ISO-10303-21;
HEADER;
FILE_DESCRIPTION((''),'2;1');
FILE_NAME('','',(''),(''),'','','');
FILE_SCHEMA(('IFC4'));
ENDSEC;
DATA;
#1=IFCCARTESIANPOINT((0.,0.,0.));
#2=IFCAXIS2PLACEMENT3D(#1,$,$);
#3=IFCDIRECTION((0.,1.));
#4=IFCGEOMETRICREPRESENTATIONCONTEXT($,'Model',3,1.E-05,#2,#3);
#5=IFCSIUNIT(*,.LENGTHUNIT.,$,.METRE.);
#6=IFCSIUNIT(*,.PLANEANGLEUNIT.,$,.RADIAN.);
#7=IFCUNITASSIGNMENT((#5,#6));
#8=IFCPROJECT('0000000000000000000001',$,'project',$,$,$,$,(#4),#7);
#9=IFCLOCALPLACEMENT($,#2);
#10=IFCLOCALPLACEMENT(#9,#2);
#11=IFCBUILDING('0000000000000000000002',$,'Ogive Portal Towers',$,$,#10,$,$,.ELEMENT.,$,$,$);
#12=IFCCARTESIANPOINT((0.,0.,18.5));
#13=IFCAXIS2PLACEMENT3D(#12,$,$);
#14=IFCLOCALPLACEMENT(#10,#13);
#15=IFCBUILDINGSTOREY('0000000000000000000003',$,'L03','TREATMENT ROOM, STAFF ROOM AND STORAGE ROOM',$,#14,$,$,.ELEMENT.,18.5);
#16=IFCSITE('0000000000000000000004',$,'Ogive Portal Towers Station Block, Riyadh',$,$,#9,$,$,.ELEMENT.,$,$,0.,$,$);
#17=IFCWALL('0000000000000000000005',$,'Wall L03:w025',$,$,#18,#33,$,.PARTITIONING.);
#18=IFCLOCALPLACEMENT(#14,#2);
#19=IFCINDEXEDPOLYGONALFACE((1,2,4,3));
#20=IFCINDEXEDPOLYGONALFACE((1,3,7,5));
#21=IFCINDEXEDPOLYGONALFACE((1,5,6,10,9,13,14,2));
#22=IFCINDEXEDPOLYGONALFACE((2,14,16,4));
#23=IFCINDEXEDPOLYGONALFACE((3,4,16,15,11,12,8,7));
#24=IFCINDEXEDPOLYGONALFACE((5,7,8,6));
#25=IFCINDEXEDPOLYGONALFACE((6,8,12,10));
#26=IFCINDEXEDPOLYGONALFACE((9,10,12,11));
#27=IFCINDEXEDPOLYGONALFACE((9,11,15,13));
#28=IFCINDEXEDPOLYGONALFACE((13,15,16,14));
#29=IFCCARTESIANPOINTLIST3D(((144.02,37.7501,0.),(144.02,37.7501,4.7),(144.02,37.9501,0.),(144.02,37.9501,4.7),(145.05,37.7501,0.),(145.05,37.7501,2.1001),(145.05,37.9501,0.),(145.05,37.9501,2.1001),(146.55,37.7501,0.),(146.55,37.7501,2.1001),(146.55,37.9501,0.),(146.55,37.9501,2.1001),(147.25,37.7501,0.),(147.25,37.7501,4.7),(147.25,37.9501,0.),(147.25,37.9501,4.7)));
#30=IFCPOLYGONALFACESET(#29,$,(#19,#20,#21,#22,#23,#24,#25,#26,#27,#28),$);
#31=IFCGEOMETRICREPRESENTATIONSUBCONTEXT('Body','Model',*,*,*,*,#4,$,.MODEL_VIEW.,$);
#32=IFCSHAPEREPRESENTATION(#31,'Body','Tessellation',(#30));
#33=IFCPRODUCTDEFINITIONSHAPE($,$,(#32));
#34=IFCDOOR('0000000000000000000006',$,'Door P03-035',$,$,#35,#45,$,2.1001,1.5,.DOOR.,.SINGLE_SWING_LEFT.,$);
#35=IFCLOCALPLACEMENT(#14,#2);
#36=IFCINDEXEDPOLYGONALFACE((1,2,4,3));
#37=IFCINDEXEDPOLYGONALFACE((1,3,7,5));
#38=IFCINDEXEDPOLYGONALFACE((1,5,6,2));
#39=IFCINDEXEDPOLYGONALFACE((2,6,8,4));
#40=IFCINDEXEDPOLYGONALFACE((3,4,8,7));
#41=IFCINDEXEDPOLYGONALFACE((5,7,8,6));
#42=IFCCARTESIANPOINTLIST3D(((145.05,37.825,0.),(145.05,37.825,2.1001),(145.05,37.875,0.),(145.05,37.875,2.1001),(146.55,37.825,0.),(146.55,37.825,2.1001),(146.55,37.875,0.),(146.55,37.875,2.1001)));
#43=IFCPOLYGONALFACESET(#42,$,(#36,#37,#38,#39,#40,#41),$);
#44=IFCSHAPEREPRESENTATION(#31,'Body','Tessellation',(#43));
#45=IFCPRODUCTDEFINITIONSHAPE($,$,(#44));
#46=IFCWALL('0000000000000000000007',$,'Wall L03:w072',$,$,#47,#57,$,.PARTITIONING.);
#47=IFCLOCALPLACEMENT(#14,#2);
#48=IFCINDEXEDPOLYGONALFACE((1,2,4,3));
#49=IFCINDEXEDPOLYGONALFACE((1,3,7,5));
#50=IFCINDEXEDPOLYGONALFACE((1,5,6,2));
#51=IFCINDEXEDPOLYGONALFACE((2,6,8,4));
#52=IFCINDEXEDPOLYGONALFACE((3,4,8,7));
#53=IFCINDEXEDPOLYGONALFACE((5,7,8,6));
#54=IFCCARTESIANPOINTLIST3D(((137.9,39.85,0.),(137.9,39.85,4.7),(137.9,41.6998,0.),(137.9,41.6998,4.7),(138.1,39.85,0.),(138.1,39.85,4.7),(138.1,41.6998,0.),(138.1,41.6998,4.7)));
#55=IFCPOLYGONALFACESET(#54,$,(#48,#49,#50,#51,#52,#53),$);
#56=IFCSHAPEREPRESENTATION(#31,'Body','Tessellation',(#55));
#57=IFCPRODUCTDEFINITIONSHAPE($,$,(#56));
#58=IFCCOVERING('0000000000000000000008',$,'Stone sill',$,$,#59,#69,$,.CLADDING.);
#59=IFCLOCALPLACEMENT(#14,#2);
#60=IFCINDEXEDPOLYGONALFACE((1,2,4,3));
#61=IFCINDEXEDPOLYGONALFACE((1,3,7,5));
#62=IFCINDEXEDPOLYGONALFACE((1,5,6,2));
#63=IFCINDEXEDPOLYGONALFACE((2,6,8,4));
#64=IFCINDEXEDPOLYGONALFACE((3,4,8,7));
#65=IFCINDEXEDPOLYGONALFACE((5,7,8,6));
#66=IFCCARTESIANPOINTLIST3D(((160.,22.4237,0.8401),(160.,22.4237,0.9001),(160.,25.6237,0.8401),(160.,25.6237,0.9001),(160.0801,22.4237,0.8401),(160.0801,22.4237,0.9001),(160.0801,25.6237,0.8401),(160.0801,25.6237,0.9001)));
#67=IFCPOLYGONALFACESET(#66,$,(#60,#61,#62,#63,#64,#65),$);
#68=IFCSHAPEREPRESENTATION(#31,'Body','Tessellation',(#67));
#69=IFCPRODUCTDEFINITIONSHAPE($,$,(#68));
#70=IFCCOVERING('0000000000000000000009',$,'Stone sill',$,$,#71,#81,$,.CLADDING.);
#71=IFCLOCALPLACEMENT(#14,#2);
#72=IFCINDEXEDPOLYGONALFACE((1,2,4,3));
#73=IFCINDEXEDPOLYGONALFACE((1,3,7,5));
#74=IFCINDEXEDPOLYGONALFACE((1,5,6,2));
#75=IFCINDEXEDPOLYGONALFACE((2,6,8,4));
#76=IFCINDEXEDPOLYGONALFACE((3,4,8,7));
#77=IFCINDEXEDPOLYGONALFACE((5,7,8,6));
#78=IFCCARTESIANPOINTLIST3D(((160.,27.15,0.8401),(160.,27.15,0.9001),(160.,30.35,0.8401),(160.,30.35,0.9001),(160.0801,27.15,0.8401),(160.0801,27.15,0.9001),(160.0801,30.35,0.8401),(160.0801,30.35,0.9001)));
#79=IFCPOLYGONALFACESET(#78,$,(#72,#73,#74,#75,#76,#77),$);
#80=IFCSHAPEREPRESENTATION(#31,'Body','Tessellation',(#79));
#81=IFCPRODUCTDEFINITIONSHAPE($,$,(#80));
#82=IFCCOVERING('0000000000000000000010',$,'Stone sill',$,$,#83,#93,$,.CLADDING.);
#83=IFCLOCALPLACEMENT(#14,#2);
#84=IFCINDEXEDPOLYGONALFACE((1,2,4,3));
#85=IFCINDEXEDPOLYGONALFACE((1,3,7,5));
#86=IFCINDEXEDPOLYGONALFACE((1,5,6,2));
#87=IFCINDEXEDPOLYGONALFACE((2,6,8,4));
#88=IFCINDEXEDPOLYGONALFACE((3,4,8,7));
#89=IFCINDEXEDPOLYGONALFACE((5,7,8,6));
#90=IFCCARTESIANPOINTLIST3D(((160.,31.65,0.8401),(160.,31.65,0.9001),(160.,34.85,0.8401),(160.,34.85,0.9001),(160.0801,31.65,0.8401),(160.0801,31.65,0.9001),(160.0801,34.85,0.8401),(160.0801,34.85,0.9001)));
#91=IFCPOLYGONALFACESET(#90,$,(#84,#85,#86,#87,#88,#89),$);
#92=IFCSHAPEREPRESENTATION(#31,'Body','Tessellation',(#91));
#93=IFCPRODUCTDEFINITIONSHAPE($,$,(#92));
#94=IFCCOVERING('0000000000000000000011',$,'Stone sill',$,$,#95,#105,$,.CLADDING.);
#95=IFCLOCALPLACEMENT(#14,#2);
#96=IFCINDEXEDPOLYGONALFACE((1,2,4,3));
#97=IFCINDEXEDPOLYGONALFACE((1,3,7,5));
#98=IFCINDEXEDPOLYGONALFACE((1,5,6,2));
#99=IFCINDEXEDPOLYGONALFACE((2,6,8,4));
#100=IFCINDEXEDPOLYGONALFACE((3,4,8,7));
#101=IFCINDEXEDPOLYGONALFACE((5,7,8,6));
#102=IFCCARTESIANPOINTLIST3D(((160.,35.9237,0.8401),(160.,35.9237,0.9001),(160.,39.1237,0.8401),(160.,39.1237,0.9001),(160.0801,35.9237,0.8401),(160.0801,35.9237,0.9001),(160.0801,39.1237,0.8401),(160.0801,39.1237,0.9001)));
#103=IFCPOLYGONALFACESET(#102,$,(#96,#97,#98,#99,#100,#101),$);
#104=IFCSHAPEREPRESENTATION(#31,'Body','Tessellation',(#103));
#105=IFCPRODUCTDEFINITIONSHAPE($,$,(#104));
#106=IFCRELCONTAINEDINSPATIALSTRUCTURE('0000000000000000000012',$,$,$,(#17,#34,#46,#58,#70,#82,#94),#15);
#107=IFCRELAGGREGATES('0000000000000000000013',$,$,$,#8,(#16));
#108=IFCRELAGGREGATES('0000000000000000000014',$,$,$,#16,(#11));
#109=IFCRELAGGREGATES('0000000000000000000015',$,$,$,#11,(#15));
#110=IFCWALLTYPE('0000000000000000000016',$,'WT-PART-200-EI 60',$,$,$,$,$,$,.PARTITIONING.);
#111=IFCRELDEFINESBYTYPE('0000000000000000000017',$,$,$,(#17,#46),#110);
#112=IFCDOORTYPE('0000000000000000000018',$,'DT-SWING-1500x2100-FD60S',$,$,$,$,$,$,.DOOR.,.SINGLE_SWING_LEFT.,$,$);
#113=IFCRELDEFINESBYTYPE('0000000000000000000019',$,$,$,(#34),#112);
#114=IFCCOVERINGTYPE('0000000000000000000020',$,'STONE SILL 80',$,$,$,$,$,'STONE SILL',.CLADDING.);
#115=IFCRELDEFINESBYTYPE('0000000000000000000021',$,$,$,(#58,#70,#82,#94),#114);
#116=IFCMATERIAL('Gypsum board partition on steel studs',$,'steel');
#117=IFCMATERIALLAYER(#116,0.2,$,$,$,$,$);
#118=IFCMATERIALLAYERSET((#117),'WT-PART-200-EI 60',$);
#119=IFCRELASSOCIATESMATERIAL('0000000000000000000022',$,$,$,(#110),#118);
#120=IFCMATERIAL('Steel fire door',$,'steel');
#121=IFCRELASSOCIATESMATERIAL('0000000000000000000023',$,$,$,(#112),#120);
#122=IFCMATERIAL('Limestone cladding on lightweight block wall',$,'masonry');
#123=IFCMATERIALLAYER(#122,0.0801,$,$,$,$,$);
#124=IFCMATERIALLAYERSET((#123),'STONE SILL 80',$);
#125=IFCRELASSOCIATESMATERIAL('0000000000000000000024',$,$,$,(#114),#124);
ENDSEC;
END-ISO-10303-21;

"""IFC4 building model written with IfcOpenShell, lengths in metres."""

from ifc_helpers import new_model, si_unit, direction, frame, frame_2d, origin, origin_2d, place, context, subcontext, project, spatial, rectangle, extrude, material, layer, layer_set, type_object, element, fill, save


model = new_model("IFC4")

# Units and contexts
model_context = context("Model", 3, precision=1e-05, world=origin(), true_north=direction((0.0, 1.0)))
body_context = subcontext(model_context, "Body", "Model", "MODEL_VIEW")
ifc_project = project(units=[si_unit("LENGTHUNIT", "METRE"), si_unit("PLANEANGLEUNIT", "RADIAN")], contexts=[model_context])

# Site, building, storey
site_placement = place(None, origin())
site = spatial("IfcSite", under=ifc_project, at=site_placement, Name="Ogive Portal Towers Station Block, Riyadh", CompositionType="ELEMENT", RefElevation=0.0)
building_placement = place(site_placement, origin())
building = spatial("IfcBuilding", under=site, at=building_placement, Name="Ogive Portal Towers", CompositionType="ELEMENT")
storey_placement = place(building_placement, frame((0.0, 0.0, 18.5)))
storey = spatial("IfcBuildingStorey", under=building, at=storey_placement, Name="L03", Description="TREATMENT ROOM, STAFF ROOM AND STORAGE ROOM", CompositionType="ELEMENT", Elevation=18.5)

# Shared definitions
ifc_material_1 = material(Name="Steel fire door", Category="steel")

# Wall, opening, door
ifc_material_2 = material(Name="Gypsum board partition on steel studs", Category="steel")
ifc_layer_1 = layer(ifc_material_2, 0.2)
ifc_layer_set_1 = layer_set([ifc_layer_1], Name="WT-PART-200-EI 60")
wall_type_1 = type_object("IfcWallType", Name="WT-PART-200-EI 60", PredefinedType="PARTITIONING", material=ifc_layer_set_1)
wall_1_placement = place(storey_placement, frame((144.02, 37.8501, 0.0), z_axis=(0.0, 0.0, 1.0), x_axis=(1.0, 0.0, 0.0)))
wall_1 = element("IfcWall", 1, at=wall_1_placement, inside=storey, type_object=wall_type_1, Name="Wall L03:w025", PredefinedType="PARTITIONING", context=body_context, shape_type="SweptSolid", body=[
    extrude(rectangle(XDim=3.23, YDim=0.2, at=frame_2d((1.615, 0.0))), origin(), (0.0, 0.0, 1.0), 4.7),
])
opening_1_placement = place(wall_1_placement, frame((1.03, 0.0, 0.0)))
opening_1 = element("IfcOpeningElement", 2, at=opening_1_placement, cuts=wall_1, PredefinedType="OPENING", context=body_context, shape_type="SweptSolid", body=[
    extrude(rectangle(XDim=1.5, YDim=2.1001, at=frame_2d((0.75, 1.05))), frame((0.0, 0.1099, 0.0), z_axis=(0.0, -1.0, 0.0), x_axis=(1.0, 0.0, 0.0)), (0.0, 0.0, 1.0), 0.22),
])
door_type_1 = type_object("IfcDoorType", Name="DT-SWING-1500x2100-FD60S", OperationType="SINGLE_SWING_LEFT", PredefinedType="DOOR", material=ifc_material_1)
door_1_placement = place(opening_1_placement, origin())
door_1 = element("IfcDoor", 3, at=door_1_placement, inside=storey, type_object=door_type_1, Name="Door P03-035", OperationType="SINGLE_SWING_LEFT", OverallHeight=2.1001, OverallWidth=1.5, PredefinedType="DOOR", context=body_context, shape_type="SweptSolid", body=[
    extrude(rectangle(XDim=1.5, YDim=2.1001, at=frame_2d((0.75, 1.05))), frame((0.0, 0.0249, 0.0), z_axis=(0.0, -1.0, 0.0), x_axis=(1.0, 0.0, 0.0)), (0.0, 0.0, 1.0), 0.05),
])
fill(opening_1, door_1)

# Wall
wall_2_placement = place(storey_placement, frame((138.0, 39.8501, 0.0), z_axis=(0.0, 0.0, 1.0), x_axis=(0.0, 1.0, 0.0)))
element("IfcWall", 4, at=wall_2_placement, inside=storey, type_object=wall_type_1, Name="Wall L03:w072", PredefinedType="PARTITIONING", context=body_context, shape_type="SweptSolid", body=[
    extrude(rectangle(XDim=1.8499, YDim=0.2, at=frame_2d((0.9248, 0.0))), origin(), (0.0, 0.0, 1.0), 4.7),
])

# Coverings
ifc_material_3 = material(Name="Limestone cladding on lightweight block wall", Category="masonry")
ifc_layer_2 = layer(ifc_material_3, 0.0801)
ifc_layer_set_2 = layer_set([ifc_layer_2], Name="STONE SILL 80")
covering_type = type_object("IfcCoveringType", Name="STONE SILL 80", ElementType="STONE SILL", PredefinedType="CLADDING", material=ifc_layer_set_2)
for number, where, z_axis, x_axis, name in (
    (5, (160.04, 24.0237, 0.8401), (0.0, 0.0, 1.0), (0.0, 1.0, 0.0), "Stone sill"),
    (6, (160.04, 28.75, 0.8401), (0.0, 0.0, 1.0), (0.0, 1.0, 0.0), "Stone sill"),
    (7, (160.04, 33.25, 0.8401), (0.0, 0.0, 1.0), (0.0, 1.0, 0.0), "Stone sill"),
    (8, (160.04, 37.5237, 0.8401), (0.0, 0.0, 1.0), (0.0, 1.0, 0.0), "Stone sill"),
):
    element("IfcCovering", number, at=place(storey_placement, frame(where, z_axis=z_axis, x_axis=x_axis)), inside=storey, type_object=covering_type, Name=name, PredefinedType="CLADDING", context=body_context, shape_type="SweptSolid", body=[
        extrude(rectangle(XDim=3.2, YDim=0.0801, at=origin_2d()), origin(), (0.0, 0.0, 1.0), 0.0601),
    ])

save(model, "model.ifc")
